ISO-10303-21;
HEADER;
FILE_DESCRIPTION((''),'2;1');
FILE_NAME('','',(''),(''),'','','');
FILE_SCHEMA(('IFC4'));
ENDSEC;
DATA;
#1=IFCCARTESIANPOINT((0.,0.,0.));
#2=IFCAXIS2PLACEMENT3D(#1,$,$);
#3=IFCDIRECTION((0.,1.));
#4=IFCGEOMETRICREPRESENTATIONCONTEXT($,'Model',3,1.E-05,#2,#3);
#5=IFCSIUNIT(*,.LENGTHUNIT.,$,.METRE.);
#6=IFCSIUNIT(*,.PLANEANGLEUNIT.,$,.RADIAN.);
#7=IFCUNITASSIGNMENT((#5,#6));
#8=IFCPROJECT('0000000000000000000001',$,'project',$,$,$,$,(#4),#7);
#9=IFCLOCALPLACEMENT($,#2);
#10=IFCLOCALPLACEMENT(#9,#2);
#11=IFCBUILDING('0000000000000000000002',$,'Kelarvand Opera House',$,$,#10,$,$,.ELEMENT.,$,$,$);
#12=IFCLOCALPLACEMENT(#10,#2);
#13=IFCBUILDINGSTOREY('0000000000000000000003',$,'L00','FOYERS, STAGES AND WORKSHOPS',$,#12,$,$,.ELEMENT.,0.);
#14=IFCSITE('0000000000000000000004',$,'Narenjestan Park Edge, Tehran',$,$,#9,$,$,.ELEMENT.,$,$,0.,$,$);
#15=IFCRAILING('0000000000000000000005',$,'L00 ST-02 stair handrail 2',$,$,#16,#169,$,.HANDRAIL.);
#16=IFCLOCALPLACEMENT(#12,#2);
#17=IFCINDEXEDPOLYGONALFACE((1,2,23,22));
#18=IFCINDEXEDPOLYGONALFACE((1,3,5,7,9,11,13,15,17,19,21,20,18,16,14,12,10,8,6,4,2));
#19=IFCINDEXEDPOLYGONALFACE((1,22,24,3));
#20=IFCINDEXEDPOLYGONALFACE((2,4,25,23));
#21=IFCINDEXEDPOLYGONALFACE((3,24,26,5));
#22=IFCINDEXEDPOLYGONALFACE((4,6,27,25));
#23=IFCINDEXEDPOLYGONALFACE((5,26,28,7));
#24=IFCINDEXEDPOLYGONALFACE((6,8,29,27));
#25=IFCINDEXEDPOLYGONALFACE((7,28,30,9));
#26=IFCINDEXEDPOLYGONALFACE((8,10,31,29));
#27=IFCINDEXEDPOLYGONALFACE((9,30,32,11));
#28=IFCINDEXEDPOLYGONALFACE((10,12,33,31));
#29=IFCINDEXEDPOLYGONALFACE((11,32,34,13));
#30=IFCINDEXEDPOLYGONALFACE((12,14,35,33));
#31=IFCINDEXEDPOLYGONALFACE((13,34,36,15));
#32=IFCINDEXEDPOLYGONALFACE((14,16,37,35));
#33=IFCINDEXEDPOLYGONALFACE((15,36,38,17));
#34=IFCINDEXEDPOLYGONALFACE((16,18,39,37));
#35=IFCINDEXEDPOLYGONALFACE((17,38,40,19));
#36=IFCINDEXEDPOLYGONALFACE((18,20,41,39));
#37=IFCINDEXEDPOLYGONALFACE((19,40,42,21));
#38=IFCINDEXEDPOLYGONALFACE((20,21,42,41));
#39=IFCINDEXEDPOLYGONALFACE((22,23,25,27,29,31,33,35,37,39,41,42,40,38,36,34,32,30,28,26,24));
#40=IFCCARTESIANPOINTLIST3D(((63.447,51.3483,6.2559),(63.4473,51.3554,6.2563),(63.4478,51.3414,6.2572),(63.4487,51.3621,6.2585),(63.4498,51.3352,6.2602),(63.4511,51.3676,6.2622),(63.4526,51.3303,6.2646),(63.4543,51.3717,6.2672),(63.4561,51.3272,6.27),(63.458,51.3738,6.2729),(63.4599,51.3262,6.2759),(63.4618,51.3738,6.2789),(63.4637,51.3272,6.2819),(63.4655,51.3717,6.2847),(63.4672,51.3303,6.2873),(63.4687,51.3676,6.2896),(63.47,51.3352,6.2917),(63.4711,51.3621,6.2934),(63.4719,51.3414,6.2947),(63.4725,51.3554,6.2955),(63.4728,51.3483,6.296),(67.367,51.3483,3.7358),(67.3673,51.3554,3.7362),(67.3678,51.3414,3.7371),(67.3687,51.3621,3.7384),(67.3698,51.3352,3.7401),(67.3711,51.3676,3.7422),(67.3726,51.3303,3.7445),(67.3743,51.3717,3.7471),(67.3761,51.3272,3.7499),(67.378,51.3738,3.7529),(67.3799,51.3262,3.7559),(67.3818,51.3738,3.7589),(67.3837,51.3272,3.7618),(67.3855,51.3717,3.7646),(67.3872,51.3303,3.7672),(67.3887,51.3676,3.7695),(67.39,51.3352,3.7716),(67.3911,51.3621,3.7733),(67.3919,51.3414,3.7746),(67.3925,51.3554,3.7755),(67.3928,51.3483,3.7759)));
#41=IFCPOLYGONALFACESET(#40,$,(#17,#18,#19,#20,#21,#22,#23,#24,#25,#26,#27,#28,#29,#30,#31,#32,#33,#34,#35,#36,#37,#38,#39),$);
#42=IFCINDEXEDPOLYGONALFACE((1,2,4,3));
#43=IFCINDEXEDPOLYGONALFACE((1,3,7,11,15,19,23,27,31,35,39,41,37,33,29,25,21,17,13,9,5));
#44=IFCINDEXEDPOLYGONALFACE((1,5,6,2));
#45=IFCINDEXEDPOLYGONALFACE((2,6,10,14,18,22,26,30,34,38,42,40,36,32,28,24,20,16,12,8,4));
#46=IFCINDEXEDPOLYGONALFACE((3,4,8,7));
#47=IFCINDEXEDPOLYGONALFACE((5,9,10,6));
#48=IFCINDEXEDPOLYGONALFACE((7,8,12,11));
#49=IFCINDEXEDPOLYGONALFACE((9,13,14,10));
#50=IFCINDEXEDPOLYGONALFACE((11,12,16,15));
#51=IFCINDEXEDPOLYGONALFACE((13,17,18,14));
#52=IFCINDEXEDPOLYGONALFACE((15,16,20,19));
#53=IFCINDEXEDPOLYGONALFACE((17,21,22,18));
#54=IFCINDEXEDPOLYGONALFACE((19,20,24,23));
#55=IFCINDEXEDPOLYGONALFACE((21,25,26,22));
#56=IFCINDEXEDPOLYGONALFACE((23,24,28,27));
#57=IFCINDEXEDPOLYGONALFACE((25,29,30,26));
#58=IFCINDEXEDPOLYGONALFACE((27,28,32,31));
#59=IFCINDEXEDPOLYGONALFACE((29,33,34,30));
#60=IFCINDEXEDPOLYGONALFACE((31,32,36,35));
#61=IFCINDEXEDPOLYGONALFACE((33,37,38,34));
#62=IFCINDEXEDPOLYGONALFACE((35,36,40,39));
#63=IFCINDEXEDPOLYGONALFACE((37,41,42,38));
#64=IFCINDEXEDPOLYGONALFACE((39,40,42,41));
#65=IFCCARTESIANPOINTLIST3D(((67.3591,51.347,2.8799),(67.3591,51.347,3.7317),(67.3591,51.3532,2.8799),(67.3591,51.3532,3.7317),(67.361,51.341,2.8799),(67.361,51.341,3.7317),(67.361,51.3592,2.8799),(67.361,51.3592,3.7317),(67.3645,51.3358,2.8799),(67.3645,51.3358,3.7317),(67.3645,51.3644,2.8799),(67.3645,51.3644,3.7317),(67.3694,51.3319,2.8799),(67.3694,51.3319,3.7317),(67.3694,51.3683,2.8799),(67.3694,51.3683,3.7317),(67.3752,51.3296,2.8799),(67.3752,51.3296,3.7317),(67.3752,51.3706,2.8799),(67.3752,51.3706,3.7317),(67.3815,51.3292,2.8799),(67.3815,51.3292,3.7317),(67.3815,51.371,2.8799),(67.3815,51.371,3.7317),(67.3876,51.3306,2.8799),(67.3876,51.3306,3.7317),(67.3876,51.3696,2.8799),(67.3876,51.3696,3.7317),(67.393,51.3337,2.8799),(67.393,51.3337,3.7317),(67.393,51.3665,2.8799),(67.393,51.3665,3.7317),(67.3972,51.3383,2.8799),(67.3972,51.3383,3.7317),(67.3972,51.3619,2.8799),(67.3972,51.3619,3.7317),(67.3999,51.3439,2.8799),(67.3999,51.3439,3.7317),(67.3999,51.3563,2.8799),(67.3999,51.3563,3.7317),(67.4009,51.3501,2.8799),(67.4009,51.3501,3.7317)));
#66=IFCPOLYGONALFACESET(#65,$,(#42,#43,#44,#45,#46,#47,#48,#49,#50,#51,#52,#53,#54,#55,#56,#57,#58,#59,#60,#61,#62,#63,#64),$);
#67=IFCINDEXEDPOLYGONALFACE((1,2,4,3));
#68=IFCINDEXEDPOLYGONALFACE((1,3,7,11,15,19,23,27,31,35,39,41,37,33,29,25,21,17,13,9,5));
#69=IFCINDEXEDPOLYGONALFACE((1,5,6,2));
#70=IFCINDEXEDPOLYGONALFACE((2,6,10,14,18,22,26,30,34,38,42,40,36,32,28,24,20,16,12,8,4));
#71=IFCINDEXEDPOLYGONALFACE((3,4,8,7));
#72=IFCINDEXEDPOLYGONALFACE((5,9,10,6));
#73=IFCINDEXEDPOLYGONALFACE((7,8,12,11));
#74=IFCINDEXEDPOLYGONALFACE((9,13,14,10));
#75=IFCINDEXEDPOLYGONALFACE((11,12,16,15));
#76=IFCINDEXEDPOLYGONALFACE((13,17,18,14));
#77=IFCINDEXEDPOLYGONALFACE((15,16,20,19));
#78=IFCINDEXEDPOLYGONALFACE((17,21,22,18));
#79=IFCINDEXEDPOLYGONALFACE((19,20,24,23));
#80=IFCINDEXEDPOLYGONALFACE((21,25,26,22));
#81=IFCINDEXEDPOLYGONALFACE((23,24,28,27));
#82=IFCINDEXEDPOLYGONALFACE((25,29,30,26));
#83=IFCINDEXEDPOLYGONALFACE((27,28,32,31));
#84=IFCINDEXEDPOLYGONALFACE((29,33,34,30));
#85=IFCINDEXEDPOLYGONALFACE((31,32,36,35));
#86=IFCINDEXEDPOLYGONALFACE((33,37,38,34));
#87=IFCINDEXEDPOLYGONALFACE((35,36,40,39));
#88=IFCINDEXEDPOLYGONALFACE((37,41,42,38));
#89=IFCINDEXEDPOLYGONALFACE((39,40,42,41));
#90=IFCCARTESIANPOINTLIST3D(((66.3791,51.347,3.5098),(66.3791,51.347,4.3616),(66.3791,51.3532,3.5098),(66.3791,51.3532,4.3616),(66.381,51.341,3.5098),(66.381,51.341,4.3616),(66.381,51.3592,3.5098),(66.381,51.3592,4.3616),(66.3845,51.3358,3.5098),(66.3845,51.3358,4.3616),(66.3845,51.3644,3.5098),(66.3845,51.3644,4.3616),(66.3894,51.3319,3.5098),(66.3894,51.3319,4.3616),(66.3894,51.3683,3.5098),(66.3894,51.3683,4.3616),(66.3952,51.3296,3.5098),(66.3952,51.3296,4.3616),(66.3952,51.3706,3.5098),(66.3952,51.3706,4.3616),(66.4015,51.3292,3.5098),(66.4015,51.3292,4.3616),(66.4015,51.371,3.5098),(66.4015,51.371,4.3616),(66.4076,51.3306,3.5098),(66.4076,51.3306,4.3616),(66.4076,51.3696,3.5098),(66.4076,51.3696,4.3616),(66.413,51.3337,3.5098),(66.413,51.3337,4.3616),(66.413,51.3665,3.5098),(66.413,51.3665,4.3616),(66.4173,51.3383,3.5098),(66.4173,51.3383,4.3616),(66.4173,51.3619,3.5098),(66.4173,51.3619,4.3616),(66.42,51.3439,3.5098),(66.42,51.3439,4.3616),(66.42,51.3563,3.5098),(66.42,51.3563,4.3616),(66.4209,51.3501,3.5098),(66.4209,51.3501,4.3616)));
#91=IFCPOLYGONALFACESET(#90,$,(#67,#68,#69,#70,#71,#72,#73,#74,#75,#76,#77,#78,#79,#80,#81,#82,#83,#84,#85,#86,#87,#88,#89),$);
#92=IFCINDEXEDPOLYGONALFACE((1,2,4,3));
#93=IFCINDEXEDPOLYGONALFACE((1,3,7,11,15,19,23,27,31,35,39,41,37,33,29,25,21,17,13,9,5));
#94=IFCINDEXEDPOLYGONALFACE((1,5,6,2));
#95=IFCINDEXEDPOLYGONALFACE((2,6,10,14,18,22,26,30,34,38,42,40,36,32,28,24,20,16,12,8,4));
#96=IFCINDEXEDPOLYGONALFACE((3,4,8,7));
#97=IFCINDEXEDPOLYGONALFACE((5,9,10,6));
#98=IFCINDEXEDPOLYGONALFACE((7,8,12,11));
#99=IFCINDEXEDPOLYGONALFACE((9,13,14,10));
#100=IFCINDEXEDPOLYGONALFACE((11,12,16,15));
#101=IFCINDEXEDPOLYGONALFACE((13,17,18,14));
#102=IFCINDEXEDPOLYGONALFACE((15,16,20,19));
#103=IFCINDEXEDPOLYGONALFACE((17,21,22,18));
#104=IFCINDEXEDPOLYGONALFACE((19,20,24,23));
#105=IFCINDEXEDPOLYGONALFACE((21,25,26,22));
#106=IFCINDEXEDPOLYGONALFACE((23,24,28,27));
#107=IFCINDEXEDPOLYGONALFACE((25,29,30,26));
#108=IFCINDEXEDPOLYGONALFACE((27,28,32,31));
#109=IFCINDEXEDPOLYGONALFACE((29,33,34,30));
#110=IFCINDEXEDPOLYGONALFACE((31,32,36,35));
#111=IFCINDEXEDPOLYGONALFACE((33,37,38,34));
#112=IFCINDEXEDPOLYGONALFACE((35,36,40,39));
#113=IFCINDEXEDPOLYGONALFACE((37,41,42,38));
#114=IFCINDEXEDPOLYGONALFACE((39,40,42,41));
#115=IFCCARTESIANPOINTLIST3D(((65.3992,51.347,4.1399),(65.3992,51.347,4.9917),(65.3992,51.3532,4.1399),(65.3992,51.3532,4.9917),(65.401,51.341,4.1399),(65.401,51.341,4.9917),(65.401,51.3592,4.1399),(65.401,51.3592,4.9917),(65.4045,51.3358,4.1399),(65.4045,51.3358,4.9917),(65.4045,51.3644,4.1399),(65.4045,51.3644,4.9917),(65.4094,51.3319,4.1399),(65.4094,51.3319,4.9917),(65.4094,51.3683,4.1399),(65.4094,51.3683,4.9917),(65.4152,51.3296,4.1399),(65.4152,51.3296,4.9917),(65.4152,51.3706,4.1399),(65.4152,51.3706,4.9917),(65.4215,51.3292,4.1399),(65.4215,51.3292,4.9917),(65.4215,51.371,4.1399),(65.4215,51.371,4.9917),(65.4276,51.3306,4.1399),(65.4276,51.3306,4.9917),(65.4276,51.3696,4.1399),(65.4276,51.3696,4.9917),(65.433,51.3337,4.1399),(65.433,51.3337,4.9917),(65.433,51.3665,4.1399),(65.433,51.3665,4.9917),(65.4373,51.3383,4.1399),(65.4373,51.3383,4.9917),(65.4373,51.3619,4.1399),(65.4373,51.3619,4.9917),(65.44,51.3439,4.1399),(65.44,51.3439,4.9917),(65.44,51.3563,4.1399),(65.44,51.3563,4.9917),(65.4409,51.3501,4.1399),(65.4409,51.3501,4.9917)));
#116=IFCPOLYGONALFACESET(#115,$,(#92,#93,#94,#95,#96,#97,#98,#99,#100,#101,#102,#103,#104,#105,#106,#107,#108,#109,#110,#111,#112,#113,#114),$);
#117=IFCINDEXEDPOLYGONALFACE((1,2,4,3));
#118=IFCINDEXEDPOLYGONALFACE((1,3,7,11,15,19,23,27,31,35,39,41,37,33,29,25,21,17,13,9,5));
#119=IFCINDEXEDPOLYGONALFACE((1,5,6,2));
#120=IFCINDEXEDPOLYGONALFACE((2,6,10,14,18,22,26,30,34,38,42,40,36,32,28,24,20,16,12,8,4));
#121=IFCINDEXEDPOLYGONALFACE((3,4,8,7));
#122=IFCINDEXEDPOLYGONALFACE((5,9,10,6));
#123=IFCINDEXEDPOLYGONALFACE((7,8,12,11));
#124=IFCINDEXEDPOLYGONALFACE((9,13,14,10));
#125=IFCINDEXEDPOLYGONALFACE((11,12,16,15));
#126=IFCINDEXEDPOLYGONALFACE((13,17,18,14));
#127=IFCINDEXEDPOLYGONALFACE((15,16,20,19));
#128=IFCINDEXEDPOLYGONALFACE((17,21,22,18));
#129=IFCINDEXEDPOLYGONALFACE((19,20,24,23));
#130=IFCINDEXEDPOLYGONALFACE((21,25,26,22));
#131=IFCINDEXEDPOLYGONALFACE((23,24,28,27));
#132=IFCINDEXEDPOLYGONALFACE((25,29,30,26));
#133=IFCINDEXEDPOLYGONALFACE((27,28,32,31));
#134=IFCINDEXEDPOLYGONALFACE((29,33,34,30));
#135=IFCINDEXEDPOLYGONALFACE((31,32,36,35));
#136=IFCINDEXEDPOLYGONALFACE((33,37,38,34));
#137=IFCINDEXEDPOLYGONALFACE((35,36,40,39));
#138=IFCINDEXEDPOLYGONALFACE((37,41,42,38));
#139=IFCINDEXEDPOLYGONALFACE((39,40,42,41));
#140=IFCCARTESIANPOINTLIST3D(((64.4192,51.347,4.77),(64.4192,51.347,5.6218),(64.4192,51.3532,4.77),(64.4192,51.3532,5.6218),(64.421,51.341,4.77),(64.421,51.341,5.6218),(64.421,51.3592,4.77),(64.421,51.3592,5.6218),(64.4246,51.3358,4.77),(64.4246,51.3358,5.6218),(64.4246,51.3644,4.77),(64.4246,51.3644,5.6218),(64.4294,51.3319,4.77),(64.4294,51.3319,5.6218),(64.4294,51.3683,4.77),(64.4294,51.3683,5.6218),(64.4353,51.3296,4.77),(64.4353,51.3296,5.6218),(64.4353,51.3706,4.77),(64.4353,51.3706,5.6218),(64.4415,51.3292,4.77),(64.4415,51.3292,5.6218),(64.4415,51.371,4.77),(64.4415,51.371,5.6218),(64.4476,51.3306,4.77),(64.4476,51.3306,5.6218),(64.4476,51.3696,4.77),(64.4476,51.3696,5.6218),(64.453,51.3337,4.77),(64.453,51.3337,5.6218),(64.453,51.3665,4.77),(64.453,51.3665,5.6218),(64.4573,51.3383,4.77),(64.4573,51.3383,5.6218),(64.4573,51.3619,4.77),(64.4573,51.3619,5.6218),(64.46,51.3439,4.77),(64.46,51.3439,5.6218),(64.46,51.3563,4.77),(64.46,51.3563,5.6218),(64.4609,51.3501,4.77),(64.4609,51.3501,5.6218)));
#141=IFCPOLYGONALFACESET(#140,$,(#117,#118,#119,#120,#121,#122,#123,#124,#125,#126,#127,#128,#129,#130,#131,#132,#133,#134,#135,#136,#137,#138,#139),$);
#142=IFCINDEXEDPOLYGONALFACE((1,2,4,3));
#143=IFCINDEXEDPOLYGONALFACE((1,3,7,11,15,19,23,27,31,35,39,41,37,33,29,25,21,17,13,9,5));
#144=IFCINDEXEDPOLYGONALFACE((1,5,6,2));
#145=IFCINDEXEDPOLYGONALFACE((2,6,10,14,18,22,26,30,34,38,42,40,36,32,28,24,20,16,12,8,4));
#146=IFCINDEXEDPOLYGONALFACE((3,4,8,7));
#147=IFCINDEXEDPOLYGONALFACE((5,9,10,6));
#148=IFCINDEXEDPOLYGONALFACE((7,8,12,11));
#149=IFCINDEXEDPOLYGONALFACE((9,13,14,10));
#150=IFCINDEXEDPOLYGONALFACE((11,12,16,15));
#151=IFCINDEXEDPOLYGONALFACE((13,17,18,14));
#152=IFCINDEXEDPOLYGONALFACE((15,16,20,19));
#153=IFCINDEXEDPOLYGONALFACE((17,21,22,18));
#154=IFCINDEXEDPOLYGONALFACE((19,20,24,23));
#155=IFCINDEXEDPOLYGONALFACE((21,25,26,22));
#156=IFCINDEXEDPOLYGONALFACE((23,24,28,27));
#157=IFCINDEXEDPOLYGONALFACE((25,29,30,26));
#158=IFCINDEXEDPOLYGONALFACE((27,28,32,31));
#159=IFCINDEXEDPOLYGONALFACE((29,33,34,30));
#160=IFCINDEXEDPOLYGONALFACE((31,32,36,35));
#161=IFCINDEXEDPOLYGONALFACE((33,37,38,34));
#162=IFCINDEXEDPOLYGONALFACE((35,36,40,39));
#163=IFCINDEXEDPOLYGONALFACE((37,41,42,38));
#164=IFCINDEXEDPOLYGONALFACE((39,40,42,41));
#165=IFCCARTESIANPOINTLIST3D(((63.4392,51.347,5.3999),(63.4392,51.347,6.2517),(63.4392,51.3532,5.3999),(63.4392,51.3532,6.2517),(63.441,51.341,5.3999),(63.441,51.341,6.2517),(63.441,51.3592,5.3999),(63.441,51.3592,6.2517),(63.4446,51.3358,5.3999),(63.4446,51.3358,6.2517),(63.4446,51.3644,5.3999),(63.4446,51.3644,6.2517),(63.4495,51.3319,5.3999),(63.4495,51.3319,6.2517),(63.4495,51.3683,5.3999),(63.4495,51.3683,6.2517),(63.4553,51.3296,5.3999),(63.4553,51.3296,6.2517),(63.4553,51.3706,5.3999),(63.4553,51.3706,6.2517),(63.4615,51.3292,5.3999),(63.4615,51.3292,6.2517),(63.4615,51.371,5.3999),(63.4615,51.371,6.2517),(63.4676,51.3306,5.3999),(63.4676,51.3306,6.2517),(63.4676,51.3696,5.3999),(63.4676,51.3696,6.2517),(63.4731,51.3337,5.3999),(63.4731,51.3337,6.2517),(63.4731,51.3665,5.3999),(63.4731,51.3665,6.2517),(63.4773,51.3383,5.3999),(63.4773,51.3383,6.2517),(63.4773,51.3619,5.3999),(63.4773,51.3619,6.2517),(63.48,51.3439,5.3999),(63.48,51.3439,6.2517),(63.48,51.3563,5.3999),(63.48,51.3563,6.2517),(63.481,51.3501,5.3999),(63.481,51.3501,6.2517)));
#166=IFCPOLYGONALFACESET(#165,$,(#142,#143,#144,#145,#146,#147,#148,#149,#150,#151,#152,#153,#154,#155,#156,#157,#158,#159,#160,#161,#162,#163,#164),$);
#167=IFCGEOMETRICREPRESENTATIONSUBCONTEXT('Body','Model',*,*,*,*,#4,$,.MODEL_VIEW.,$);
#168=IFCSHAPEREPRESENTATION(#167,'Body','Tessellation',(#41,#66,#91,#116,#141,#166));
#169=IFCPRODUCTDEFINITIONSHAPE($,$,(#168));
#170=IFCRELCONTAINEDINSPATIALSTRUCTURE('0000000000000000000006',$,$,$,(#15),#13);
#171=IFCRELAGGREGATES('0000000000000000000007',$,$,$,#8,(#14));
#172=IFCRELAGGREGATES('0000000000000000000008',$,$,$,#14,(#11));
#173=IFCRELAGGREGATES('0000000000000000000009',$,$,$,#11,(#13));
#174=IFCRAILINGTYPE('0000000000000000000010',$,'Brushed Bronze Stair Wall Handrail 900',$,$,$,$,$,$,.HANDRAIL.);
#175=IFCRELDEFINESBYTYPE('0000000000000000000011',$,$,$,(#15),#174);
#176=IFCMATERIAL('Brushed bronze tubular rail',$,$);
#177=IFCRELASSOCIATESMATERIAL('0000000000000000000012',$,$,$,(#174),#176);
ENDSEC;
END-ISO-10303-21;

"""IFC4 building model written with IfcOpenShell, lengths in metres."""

from ifc_helpers import new_model, si_unit, direction, frame, origin, origin_2d, place, context, subcontext, project, spatial, circle, extrude, material, type_object, element, save


model = new_model("IFC4")

# Units and contexts
model_context = context("Model", 3, precision=1e-05, world=origin(), true_north=direction((0.0, 1.0)))
body_context = subcontext(model_context, "Body", "Model", "MODEL_VIEW")
ifc_project = project(units=[si_unit("LENGTHUNIT", "METRE"), si_unit("PLANEANGLEUNIT", "RADIAN")], contexts=[model_context])

# Site, building, storey
site_placement = place(None, origin())
site = spatial("IfcSite", under=ifc_project, at=site_placement, Name="Narenjestan Park Edge, Tehran", CompositionType="ELEMENT", RefElevation=0.0)
building_placement = place(site_placement, origin())
building = spatial("IfcBuilding", under=site, at=building_placement, Name="Kelarvand Opera House", CompositionType="ELEMENT")
storey_placement = place(building_placement, origin())
storey = spatial("IfcBuildingStorey", under=building, at=storey_placement, Name="L00", Description="FOYERS, STAGES AND WORKSHOPS", CompositionType="ELEMENT", Elevation=0.0)

# Railing
ifc_material_1 = material(Name="Brushed bronze tubular rail")
railing_type_1 = type_object("IfcRailingType", Name="Brushed Bronze Stair Wall Handrail 900", PredefinedType="HANDRAIL", material=ifc_material_1)
railing_1_placement = place(storey_placement, frame((67.3799, 51.3501, 2.8799)))
element("IfcRailing", 1, at=railing_1_placement, inside=storey, type_object=railing_type_1, Name="L00 ST-02 stair handrail 2", PredefinedType="HANDRAIL", context=body_context, shape_type="SweptSolid", body=[
    extrude(circle(Radius=0.0239, at=origin_2d()), frame((0.0, 0.0, 0.876), z_axis=(-0.841172, 0.0, 0.540768), x_axis=(0.0, -1.0, 0.0)), (0.0, 0.0, 1.0), 4.6602),
    extrude(circle(Radius=0.021, at=origin_2d()), origin(), (0.0, 0.0, 1.0), 0.8518),
    extrude(circle(Radius=0.021, at=origin_2d()), frame((-0.98, 0.0, 0.6299)), (0.0, 0.0, 1.0), 0.8518),
    extrude(circle(Radius=0.021, at=origin_2d()), frame((-1.96, 0.0, 1.26)), (0.0, 0.0, 1.0), 0.8518),
    extrude(circle(Radius=0.021, at=origin_2d()), frame((-2.9399, 0.0, 1.8901)), (0.0, 0.0, 1.0), 0.8518),
    extrude(circle(Radius=0.021, at=origin_2d()), frame((-3.9199, 0.0, 2.52)), (0.0, 0.0, 1.0), 0.8518),
])

save(model, "model.ifc")
